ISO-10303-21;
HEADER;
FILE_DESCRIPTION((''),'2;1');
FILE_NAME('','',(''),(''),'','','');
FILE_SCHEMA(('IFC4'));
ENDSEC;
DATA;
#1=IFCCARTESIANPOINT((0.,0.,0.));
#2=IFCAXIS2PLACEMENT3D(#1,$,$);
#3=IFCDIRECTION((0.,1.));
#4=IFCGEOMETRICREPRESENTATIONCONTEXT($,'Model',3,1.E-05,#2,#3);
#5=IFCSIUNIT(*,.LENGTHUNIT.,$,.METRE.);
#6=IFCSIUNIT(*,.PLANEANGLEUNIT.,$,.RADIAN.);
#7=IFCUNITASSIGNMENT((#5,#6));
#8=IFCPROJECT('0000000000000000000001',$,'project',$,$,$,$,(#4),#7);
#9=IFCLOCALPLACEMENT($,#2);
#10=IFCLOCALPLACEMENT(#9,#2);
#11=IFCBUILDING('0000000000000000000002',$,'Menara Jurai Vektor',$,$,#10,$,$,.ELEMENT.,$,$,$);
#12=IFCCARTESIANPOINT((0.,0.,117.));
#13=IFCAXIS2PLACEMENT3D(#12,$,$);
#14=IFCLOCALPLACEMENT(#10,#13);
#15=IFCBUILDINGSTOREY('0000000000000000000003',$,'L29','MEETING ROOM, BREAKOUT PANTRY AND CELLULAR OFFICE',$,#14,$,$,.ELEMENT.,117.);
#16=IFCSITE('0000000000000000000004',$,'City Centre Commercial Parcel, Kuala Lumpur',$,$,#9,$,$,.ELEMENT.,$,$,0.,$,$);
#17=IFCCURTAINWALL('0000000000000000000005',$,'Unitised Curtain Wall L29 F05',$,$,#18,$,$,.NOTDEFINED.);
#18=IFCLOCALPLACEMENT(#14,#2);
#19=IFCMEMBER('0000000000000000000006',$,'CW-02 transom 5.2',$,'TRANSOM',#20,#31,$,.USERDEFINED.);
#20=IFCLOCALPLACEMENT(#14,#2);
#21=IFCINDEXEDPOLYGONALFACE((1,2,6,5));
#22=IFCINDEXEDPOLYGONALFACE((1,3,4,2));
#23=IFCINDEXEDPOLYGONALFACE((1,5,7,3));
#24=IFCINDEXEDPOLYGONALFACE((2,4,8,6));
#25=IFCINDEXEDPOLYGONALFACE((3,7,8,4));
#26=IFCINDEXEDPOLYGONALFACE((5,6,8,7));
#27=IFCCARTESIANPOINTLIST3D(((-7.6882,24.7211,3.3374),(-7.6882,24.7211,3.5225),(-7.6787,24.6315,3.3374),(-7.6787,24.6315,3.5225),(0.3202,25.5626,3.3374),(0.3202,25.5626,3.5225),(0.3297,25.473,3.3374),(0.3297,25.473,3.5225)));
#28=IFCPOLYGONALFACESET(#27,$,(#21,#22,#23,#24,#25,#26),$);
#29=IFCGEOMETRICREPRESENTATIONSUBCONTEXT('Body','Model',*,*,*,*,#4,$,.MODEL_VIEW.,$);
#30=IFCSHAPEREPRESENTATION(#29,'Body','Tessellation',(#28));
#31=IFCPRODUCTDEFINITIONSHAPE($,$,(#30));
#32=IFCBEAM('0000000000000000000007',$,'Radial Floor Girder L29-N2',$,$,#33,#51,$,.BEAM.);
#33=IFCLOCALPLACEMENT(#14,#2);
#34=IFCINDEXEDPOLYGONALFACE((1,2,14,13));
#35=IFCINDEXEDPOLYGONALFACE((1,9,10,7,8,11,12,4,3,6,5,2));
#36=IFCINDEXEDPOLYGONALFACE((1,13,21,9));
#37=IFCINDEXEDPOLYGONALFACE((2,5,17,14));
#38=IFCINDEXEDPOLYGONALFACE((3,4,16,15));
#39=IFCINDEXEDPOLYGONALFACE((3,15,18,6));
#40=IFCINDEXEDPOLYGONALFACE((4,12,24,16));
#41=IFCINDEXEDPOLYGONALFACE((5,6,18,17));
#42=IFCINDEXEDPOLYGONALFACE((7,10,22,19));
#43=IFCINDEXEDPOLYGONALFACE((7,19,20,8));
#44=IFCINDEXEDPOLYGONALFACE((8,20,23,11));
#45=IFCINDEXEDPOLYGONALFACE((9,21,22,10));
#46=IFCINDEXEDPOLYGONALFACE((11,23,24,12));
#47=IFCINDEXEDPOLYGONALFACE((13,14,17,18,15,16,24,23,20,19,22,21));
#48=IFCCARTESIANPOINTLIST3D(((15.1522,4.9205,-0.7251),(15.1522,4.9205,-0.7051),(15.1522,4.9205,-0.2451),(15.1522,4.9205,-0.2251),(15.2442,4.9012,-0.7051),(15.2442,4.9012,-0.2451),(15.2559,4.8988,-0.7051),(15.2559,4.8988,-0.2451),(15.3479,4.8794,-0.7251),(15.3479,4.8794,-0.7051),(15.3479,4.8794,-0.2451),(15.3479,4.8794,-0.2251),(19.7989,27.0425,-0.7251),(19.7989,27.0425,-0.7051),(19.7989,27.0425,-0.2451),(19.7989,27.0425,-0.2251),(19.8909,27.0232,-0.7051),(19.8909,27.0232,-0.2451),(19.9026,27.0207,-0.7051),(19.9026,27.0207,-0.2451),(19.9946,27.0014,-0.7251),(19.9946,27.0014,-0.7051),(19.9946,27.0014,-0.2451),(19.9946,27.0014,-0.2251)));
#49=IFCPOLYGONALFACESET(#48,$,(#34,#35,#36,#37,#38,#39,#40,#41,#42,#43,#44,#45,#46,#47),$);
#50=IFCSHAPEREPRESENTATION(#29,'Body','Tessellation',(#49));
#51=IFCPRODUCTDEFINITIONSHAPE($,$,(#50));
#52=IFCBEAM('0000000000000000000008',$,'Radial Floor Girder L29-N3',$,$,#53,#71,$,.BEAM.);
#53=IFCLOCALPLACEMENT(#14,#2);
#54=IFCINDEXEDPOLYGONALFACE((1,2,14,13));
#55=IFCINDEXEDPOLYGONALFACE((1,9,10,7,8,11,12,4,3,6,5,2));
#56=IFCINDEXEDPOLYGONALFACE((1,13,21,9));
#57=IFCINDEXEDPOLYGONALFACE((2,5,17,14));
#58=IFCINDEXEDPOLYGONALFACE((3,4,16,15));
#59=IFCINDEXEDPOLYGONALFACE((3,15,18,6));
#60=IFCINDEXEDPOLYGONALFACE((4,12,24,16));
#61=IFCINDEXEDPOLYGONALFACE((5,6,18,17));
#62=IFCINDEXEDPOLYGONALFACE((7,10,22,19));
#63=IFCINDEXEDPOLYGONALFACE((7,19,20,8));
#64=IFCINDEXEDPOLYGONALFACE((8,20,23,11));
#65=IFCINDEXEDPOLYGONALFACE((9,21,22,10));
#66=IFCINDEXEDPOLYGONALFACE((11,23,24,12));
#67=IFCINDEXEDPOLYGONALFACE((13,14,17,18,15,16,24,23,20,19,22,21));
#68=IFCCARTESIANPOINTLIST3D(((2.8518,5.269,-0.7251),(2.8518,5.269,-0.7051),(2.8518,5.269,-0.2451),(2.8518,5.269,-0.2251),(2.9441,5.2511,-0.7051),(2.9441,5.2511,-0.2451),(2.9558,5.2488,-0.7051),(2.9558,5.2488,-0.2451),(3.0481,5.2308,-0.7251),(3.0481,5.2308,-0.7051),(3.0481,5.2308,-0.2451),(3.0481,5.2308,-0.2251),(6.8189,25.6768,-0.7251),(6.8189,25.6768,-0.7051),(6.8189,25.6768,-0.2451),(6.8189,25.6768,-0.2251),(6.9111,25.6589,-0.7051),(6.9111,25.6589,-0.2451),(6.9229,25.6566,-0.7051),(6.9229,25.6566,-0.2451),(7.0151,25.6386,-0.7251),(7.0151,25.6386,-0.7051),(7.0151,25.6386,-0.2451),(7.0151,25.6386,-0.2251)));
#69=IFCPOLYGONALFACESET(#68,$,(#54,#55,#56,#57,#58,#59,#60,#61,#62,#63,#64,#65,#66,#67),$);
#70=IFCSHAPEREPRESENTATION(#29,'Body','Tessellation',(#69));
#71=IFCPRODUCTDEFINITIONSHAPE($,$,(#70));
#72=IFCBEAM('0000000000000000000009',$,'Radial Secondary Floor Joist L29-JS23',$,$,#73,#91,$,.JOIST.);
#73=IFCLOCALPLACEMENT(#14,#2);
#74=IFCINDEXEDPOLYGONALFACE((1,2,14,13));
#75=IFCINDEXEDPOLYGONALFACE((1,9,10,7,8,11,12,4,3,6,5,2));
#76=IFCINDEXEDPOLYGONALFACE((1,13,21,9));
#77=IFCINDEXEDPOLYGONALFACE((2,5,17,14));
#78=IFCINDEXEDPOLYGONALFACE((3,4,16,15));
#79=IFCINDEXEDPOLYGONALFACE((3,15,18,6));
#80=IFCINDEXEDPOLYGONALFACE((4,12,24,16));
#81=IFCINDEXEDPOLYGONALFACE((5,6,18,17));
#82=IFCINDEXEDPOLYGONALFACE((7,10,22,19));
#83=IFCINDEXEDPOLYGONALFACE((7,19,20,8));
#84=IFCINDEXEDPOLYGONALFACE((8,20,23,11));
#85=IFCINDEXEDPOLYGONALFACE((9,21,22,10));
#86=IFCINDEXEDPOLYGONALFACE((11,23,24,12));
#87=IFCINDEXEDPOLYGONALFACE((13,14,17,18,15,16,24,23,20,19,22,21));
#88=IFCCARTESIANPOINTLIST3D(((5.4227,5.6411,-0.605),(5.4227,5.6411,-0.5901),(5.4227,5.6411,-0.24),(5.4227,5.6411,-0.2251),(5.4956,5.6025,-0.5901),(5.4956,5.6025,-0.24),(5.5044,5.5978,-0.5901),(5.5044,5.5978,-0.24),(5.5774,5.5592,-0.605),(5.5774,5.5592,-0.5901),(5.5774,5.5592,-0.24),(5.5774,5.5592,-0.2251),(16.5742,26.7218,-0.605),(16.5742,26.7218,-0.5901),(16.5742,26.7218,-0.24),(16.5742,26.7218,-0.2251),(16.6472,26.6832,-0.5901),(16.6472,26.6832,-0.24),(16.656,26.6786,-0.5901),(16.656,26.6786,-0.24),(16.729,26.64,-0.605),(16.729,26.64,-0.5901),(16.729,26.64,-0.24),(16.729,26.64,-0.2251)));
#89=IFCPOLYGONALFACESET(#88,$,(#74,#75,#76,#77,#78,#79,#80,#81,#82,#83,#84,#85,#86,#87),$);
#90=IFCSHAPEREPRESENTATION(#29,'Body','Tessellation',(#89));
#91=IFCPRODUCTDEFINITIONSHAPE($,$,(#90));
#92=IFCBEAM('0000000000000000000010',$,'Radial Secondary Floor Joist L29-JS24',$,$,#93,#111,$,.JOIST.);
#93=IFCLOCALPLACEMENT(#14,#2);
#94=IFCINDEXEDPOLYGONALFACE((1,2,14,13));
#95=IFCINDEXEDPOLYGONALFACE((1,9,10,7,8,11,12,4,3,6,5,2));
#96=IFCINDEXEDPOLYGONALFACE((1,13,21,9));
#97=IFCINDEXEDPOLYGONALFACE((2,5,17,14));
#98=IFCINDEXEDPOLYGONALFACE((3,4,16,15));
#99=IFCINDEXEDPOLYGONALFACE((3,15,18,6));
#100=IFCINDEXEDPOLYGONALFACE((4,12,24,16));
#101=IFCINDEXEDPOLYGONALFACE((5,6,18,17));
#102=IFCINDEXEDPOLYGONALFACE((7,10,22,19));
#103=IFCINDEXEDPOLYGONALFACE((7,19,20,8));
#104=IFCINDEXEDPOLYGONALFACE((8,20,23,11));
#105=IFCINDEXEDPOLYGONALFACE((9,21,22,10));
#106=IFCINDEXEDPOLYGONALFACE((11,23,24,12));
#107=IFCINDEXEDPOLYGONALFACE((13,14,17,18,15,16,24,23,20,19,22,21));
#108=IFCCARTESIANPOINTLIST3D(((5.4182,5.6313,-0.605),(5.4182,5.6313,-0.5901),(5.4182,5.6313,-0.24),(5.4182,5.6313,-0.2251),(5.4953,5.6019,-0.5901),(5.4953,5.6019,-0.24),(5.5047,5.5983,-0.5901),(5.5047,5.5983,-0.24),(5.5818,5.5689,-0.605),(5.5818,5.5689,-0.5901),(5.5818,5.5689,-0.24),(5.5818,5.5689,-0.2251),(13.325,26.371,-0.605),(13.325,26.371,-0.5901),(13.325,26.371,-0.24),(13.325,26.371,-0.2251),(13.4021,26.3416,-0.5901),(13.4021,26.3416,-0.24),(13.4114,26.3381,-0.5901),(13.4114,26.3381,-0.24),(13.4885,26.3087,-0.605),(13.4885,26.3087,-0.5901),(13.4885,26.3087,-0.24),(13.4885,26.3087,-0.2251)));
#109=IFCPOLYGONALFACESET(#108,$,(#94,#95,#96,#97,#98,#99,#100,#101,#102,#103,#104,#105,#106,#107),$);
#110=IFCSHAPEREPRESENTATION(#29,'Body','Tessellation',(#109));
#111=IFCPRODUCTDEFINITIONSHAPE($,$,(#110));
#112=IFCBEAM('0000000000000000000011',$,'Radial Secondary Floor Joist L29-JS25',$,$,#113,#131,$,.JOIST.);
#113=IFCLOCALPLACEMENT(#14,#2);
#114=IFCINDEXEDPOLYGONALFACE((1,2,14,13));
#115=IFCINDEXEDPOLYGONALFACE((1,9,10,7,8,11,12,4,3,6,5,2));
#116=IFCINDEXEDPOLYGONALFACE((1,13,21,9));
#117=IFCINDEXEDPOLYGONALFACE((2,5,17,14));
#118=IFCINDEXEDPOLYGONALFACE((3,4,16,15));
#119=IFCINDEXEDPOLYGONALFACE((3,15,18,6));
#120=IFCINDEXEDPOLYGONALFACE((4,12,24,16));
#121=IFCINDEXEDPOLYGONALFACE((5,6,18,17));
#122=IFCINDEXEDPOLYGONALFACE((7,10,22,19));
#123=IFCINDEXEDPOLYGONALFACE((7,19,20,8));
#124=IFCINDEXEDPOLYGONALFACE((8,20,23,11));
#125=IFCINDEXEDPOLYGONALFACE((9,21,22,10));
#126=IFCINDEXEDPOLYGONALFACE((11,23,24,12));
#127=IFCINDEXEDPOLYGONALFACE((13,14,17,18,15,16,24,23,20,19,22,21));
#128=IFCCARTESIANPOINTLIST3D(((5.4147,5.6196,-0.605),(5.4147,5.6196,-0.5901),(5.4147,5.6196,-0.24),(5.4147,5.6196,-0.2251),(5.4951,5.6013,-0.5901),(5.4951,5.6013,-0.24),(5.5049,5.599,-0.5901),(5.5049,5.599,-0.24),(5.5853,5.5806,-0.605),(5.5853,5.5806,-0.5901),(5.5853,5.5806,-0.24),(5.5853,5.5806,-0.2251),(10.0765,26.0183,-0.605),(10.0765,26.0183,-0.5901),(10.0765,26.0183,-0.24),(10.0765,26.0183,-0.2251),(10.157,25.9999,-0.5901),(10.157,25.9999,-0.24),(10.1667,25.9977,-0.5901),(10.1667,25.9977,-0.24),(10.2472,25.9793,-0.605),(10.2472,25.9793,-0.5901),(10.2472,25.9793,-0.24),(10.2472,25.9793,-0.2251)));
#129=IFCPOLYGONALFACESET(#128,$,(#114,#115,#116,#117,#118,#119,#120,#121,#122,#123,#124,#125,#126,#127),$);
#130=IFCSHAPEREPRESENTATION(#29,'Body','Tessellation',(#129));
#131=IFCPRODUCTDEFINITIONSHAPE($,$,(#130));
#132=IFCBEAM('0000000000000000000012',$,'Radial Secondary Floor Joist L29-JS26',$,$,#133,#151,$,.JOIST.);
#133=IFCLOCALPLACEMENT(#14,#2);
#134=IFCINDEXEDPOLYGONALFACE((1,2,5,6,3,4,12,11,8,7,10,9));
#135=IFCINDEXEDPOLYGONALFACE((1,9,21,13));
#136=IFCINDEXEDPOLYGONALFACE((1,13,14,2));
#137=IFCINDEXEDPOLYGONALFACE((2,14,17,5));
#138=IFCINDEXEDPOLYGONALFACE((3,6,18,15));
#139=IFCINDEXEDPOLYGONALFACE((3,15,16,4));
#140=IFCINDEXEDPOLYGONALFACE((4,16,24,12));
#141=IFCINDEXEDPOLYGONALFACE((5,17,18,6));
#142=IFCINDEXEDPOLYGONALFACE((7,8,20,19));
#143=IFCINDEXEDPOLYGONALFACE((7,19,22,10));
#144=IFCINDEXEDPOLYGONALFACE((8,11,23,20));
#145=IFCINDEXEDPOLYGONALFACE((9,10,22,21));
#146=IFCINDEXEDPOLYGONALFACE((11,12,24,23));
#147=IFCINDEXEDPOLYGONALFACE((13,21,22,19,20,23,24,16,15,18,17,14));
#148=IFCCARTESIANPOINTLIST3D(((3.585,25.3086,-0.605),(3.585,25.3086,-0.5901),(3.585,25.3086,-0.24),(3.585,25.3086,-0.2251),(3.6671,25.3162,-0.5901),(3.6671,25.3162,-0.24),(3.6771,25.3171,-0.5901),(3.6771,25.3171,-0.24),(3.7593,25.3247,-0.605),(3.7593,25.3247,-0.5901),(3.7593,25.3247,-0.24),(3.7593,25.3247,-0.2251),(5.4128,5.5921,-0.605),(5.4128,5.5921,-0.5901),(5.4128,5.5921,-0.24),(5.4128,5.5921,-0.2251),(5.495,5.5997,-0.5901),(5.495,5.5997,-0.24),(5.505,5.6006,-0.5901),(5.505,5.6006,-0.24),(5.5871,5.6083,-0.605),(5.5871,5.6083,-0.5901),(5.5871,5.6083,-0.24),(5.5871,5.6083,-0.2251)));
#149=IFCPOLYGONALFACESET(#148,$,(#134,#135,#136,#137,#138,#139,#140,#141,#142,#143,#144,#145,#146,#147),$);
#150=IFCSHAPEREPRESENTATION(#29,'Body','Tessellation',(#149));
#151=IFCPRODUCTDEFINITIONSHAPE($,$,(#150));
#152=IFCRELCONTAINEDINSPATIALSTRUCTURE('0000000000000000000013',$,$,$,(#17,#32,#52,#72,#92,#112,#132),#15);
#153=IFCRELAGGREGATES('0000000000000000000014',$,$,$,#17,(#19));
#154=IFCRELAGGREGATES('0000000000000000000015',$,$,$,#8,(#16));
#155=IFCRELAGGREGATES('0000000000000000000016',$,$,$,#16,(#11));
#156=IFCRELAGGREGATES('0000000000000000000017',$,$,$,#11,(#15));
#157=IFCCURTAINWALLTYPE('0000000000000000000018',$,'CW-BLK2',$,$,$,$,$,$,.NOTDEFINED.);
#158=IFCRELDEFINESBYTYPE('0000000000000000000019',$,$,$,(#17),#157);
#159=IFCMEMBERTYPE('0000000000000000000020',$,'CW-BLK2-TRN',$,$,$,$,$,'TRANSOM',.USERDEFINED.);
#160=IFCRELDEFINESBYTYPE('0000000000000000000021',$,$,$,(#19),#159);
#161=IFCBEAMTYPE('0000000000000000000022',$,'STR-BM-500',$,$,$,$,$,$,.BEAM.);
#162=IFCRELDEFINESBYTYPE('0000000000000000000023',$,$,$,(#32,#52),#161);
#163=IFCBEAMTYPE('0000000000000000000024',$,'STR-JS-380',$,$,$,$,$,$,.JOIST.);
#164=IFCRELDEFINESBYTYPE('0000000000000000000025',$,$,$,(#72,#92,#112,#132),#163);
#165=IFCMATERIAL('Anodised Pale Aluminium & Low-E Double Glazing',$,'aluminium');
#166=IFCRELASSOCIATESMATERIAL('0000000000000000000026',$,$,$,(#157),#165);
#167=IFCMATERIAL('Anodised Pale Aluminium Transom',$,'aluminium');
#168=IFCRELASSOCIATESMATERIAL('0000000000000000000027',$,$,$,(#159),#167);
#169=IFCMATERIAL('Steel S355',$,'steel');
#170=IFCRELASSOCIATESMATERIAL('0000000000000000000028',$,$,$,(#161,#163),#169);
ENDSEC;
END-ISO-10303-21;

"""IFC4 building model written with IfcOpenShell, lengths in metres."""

from ifc_helpers import new_model, si_unit, direction, frame, origin, origin_2d, place, context, subcontext, project, spatial, rectangle, i_section, extrude, material, material_profile, profile_set, type_object, element, aggregate, save


model = new_model("IFC4")

# Units and contexts
model_context = context("Model", 3, precision=1e-05, world=origin(), true_north=direction((0.0, 1.0)))
body_context = subcontext(model_context, "Body", "Model", "MODEL_VIEW")
ifc_project = project(units=[si_unit("LENGTHUNIT", "METRE"), si_unit("PLANEANGLEUNIT", "RADIAN")], contexts=[model_context])

# Site, building, storey
site_placement = place(None, origin())
site = spatial("IfcSite", under=ifc_project, at=site_placement, Name="City Centre Commercial Parcel, Kuala Lumpur", CompositionType="ELEMENT", RefElevation=0.0)
building_placement = place(site_placement, origin())
building = spatial("IfcBuilding", under=site, at=building_placement, Name="Menara Jurai Vektor", CompositionType="ELEMENT")
storey_placement = place(building_placement, frame((0.0, 0.0, 117.0)))
storey = spatial("IfcBuildingStorey", under=building, at=storey_placement, Name="L29", Description="MEETING ROOM, BREAKOUT PANTRY AND CELLULAR OFFICE", CompositionType="ELEMENT", Elevation=117.0)

# Curtain wall, member
ifc_material_1 = material(Name="Anodised Pale Aluminium & Low-E Double Glazing", Category="aluminium")
curtain_wall_type = type_object("IfcCurtainWallType", Name="CW-BLK2", PredefinedType="NOTDEFINED", material=ifc_material_1)
curtain_wall_placement = place(storey_placement, origin())
curtain_wall = element("IfcCurtainWall", 1, at=curtain_wall_placement, inside=storey, type_object=curtain_wall_type, Name="Unitised Curtain Wall L29 F05", PredefinedType="NOTDEFINED")
ifc_material_2 = material(Name="Anodised Pale Aluminium Transom", Category="aluminium")
ifc_material_profile_1 = material_profile(ifc_material_2, rectangle(XDim=0.0901, YDim=0.1851, at=origin_2d()), Name="ALU TRN 90x185")
ifc_profile_set_1 = profile_set([ifc_material_profile_1], Name="Anodised Pale Aluminium Transom")
member_type_1 = type_object("IfcMemberType", Name="CW-BLK2-TRN", ElementType="TRANSOM", PredefinedType="USERDEFINED", material=ifc_profile_set_1)
member_1_placement = place(storey_placement, frame((0.325, 25.5178, 3.4299), z_axis=(-0.994524, -0.10451, 0.0), x_axis=(0.10451, -0.994524, 0.0)))
member_1 = element("IfcMember", 2, at=member_1_placement, type_object=member_type_1, Name="CW-02 transom 5.2", ObjectType="TRANSOM", PredefinedType="USERDEFINED", context=body_context, shape_type="SweptSolid", body=[
    extrude(rectangle(XDim=0.0901, YDim=0.1851, at=origin_2d()), origin(), (0.0, 0.0, 1.0), 8.0525),
])

# Beams
ifc_material_3 = material(Name="Steel S355", Category="steel")
ifc_material_profile_2 = material_profile(ifc_material_3, i_section(OverallWidth=0.2, OverallDepth=0.5, WebThickness=0.012, FlangeThickness=0.02, at=origin_2d()), Name="PG 500x200x96")
ifc_profile_set_2 = profile_set([ifc_material_profile_2], Name="Steel S355")
beam_type_1 = type_object("IfcBeamType", Name="STR-BM-500", PredefinedType="BEAM", material=ifc_profile_set_2)
beam_1_placement = place(storey_placement, frame((19.8967, 27.022, -0.4751), z_axis=(-0.205564, -0.978644, 0.0), x_axis=(0.978644, -0.205564, 0.0)))
element("IfcBeam", 3, at=beam_1_placement, inside=storey, type_object=beam_type_1, Name="Radial Floor Girder L29-N2", PredefinedType="BEAM", context=body_context, shape_type="SweptSolid", body=[
    extrude(i_section(OverallWidth=0.2, OverallDepth=0.5, WebThickness=0.012, FlangeThickness=0.02, at=origin_2d()), origin(), (0.0, 0.0, 1.0), 22.6047),
])
beam_2_placement = place(storey_placement, frame((6.917, 25.6577, -0.4751), z_axis=(-0.190817, -0.981626, 0.0), x_axis=(0.981626, -0.190817, 0.0)))
element("IfcBeam", 4, at=beam_2_placement, inside=storey, type_object=beam_type_1, Name="Radial Floor Girder L29-N3", PredefinedType="BEAM", context=body_context, shape_type="SweptSolid", body=[
    extrude(i_section(OverallWidth=0.2, OverallDepth=0.5, WebThickness=0.012, FlangeThickness=0.02, at=origin_2d()), origin(), (0.0, 0.0, 1.0), 20.7898),
])
ifc_material_profile_3 = material_profile(ifc_material_3, i_section(OverallWidth=0.175, OverallDepth=0.3799, WebThickness=0.01, FlangeThickness=0.0149, at=origin_2d()), Name="PG 380x175x58")
ifc_profile_set_3 = profile_set([ifc_material_profile_3], Name="Steel S355")
beam_type_2 = type_object("IfcBeamType", Name="STR-JS-380", PredefinedType="JOIST", material=ifc_profile_set_3)
beam_3_placement = place(storey_placement, frame((16.6516, 26.6809, -0.415), z_axis=(-0.467599, -0.883941, 0.0), x_axis=(0.883941, -0.467599, 0.0)))
element("IfcBeam", 5, at=beam_3_placement, inside=storey, type_object=beam_type_2, Name="Radial Secondary Floor Joist L29-JS23", PredefinedType="JOIST", context=body_context, shape_type="SweptSolid", body=[
    extrude(i_section(OverallWidth=0.175, OverallDepth=0.3799, WebThickness=0.01, FlangeThickness=0.0149, at=origin_2d()), origin(), (0.0, 0.0, 1.0), 23.8486),
])
beam_4_placement = place(storey_placement, frame((13.4067, 26.3398, -0.415), z_axis=(-0.356227, -0.9344, 0.0), x_axis=(0.9344, -0.356227, 0.0)))
element("IfcBeam", 6, at=beam_4_placement, inside=storey, type_object=beam_type_2, Name="Radial Secondary Floor Joist L29-JS24", PredefinedType="JOIST", context=body_context, shape_type="SweptSolid", body=[
    extrude(i_section(OverallWidth=0.175, OverallDepth=0.3799, WebThickness=0.01, FlangeThickness=0.0149, at=origin_2d()), origin(), (0.0, 0.0, 1.0), 22.1958),
])
beam_5_placement = place(storey_placement, frame((10.1619, 25.9988, -0.415), z_axis=(-0.222793, -0.974866, 0.0), x_axis=(0.974866, -0.222793, 0.0)))
element("IfcBeam", 7, at=beam_5_placement, inside=storey, type_object=beam_type_2, Name="Radial Secondary Floor Joist L29-JS25", PredefinedType="JOIST", context=body_context, shape_type="SweptSolid", body=[
    extrude(i_section(OverallWidth=0.175, OverallDepth=0.3799, WebThickness=0.01, FlangeThickness=0.0149, at=origin_2d()), origin(), (0.0, 0.0, 1.0), 20.9246),
])
beam_6_placement = place(storey_placement, frame((3.6721, 25.3167, -0.415), z_axis=(0.092312, -0.99573, 0.0), x_axis=(0.99573, 0.092312, 0.0)))
element("IfcBeam", 8, at=beam_6_placement, inside=storey, type_object=beam_type_2, Name="Radial Secondary Floor Joist L29-JS26", PredefinedType="JOIST", context=body_context, shape_type="SweptSolid", body=[
    extrude(i_section(OverallWidth=0.175, OverallDepth=0.3799, WebThickness=0.01, FlangeThickness=0.0149, at=origin_2d()), origin(), (0.0, 0.0, 1.0), 19.801),
])

aggregate(curtain_wall, [member_1])

save(model, "model.ifc")
